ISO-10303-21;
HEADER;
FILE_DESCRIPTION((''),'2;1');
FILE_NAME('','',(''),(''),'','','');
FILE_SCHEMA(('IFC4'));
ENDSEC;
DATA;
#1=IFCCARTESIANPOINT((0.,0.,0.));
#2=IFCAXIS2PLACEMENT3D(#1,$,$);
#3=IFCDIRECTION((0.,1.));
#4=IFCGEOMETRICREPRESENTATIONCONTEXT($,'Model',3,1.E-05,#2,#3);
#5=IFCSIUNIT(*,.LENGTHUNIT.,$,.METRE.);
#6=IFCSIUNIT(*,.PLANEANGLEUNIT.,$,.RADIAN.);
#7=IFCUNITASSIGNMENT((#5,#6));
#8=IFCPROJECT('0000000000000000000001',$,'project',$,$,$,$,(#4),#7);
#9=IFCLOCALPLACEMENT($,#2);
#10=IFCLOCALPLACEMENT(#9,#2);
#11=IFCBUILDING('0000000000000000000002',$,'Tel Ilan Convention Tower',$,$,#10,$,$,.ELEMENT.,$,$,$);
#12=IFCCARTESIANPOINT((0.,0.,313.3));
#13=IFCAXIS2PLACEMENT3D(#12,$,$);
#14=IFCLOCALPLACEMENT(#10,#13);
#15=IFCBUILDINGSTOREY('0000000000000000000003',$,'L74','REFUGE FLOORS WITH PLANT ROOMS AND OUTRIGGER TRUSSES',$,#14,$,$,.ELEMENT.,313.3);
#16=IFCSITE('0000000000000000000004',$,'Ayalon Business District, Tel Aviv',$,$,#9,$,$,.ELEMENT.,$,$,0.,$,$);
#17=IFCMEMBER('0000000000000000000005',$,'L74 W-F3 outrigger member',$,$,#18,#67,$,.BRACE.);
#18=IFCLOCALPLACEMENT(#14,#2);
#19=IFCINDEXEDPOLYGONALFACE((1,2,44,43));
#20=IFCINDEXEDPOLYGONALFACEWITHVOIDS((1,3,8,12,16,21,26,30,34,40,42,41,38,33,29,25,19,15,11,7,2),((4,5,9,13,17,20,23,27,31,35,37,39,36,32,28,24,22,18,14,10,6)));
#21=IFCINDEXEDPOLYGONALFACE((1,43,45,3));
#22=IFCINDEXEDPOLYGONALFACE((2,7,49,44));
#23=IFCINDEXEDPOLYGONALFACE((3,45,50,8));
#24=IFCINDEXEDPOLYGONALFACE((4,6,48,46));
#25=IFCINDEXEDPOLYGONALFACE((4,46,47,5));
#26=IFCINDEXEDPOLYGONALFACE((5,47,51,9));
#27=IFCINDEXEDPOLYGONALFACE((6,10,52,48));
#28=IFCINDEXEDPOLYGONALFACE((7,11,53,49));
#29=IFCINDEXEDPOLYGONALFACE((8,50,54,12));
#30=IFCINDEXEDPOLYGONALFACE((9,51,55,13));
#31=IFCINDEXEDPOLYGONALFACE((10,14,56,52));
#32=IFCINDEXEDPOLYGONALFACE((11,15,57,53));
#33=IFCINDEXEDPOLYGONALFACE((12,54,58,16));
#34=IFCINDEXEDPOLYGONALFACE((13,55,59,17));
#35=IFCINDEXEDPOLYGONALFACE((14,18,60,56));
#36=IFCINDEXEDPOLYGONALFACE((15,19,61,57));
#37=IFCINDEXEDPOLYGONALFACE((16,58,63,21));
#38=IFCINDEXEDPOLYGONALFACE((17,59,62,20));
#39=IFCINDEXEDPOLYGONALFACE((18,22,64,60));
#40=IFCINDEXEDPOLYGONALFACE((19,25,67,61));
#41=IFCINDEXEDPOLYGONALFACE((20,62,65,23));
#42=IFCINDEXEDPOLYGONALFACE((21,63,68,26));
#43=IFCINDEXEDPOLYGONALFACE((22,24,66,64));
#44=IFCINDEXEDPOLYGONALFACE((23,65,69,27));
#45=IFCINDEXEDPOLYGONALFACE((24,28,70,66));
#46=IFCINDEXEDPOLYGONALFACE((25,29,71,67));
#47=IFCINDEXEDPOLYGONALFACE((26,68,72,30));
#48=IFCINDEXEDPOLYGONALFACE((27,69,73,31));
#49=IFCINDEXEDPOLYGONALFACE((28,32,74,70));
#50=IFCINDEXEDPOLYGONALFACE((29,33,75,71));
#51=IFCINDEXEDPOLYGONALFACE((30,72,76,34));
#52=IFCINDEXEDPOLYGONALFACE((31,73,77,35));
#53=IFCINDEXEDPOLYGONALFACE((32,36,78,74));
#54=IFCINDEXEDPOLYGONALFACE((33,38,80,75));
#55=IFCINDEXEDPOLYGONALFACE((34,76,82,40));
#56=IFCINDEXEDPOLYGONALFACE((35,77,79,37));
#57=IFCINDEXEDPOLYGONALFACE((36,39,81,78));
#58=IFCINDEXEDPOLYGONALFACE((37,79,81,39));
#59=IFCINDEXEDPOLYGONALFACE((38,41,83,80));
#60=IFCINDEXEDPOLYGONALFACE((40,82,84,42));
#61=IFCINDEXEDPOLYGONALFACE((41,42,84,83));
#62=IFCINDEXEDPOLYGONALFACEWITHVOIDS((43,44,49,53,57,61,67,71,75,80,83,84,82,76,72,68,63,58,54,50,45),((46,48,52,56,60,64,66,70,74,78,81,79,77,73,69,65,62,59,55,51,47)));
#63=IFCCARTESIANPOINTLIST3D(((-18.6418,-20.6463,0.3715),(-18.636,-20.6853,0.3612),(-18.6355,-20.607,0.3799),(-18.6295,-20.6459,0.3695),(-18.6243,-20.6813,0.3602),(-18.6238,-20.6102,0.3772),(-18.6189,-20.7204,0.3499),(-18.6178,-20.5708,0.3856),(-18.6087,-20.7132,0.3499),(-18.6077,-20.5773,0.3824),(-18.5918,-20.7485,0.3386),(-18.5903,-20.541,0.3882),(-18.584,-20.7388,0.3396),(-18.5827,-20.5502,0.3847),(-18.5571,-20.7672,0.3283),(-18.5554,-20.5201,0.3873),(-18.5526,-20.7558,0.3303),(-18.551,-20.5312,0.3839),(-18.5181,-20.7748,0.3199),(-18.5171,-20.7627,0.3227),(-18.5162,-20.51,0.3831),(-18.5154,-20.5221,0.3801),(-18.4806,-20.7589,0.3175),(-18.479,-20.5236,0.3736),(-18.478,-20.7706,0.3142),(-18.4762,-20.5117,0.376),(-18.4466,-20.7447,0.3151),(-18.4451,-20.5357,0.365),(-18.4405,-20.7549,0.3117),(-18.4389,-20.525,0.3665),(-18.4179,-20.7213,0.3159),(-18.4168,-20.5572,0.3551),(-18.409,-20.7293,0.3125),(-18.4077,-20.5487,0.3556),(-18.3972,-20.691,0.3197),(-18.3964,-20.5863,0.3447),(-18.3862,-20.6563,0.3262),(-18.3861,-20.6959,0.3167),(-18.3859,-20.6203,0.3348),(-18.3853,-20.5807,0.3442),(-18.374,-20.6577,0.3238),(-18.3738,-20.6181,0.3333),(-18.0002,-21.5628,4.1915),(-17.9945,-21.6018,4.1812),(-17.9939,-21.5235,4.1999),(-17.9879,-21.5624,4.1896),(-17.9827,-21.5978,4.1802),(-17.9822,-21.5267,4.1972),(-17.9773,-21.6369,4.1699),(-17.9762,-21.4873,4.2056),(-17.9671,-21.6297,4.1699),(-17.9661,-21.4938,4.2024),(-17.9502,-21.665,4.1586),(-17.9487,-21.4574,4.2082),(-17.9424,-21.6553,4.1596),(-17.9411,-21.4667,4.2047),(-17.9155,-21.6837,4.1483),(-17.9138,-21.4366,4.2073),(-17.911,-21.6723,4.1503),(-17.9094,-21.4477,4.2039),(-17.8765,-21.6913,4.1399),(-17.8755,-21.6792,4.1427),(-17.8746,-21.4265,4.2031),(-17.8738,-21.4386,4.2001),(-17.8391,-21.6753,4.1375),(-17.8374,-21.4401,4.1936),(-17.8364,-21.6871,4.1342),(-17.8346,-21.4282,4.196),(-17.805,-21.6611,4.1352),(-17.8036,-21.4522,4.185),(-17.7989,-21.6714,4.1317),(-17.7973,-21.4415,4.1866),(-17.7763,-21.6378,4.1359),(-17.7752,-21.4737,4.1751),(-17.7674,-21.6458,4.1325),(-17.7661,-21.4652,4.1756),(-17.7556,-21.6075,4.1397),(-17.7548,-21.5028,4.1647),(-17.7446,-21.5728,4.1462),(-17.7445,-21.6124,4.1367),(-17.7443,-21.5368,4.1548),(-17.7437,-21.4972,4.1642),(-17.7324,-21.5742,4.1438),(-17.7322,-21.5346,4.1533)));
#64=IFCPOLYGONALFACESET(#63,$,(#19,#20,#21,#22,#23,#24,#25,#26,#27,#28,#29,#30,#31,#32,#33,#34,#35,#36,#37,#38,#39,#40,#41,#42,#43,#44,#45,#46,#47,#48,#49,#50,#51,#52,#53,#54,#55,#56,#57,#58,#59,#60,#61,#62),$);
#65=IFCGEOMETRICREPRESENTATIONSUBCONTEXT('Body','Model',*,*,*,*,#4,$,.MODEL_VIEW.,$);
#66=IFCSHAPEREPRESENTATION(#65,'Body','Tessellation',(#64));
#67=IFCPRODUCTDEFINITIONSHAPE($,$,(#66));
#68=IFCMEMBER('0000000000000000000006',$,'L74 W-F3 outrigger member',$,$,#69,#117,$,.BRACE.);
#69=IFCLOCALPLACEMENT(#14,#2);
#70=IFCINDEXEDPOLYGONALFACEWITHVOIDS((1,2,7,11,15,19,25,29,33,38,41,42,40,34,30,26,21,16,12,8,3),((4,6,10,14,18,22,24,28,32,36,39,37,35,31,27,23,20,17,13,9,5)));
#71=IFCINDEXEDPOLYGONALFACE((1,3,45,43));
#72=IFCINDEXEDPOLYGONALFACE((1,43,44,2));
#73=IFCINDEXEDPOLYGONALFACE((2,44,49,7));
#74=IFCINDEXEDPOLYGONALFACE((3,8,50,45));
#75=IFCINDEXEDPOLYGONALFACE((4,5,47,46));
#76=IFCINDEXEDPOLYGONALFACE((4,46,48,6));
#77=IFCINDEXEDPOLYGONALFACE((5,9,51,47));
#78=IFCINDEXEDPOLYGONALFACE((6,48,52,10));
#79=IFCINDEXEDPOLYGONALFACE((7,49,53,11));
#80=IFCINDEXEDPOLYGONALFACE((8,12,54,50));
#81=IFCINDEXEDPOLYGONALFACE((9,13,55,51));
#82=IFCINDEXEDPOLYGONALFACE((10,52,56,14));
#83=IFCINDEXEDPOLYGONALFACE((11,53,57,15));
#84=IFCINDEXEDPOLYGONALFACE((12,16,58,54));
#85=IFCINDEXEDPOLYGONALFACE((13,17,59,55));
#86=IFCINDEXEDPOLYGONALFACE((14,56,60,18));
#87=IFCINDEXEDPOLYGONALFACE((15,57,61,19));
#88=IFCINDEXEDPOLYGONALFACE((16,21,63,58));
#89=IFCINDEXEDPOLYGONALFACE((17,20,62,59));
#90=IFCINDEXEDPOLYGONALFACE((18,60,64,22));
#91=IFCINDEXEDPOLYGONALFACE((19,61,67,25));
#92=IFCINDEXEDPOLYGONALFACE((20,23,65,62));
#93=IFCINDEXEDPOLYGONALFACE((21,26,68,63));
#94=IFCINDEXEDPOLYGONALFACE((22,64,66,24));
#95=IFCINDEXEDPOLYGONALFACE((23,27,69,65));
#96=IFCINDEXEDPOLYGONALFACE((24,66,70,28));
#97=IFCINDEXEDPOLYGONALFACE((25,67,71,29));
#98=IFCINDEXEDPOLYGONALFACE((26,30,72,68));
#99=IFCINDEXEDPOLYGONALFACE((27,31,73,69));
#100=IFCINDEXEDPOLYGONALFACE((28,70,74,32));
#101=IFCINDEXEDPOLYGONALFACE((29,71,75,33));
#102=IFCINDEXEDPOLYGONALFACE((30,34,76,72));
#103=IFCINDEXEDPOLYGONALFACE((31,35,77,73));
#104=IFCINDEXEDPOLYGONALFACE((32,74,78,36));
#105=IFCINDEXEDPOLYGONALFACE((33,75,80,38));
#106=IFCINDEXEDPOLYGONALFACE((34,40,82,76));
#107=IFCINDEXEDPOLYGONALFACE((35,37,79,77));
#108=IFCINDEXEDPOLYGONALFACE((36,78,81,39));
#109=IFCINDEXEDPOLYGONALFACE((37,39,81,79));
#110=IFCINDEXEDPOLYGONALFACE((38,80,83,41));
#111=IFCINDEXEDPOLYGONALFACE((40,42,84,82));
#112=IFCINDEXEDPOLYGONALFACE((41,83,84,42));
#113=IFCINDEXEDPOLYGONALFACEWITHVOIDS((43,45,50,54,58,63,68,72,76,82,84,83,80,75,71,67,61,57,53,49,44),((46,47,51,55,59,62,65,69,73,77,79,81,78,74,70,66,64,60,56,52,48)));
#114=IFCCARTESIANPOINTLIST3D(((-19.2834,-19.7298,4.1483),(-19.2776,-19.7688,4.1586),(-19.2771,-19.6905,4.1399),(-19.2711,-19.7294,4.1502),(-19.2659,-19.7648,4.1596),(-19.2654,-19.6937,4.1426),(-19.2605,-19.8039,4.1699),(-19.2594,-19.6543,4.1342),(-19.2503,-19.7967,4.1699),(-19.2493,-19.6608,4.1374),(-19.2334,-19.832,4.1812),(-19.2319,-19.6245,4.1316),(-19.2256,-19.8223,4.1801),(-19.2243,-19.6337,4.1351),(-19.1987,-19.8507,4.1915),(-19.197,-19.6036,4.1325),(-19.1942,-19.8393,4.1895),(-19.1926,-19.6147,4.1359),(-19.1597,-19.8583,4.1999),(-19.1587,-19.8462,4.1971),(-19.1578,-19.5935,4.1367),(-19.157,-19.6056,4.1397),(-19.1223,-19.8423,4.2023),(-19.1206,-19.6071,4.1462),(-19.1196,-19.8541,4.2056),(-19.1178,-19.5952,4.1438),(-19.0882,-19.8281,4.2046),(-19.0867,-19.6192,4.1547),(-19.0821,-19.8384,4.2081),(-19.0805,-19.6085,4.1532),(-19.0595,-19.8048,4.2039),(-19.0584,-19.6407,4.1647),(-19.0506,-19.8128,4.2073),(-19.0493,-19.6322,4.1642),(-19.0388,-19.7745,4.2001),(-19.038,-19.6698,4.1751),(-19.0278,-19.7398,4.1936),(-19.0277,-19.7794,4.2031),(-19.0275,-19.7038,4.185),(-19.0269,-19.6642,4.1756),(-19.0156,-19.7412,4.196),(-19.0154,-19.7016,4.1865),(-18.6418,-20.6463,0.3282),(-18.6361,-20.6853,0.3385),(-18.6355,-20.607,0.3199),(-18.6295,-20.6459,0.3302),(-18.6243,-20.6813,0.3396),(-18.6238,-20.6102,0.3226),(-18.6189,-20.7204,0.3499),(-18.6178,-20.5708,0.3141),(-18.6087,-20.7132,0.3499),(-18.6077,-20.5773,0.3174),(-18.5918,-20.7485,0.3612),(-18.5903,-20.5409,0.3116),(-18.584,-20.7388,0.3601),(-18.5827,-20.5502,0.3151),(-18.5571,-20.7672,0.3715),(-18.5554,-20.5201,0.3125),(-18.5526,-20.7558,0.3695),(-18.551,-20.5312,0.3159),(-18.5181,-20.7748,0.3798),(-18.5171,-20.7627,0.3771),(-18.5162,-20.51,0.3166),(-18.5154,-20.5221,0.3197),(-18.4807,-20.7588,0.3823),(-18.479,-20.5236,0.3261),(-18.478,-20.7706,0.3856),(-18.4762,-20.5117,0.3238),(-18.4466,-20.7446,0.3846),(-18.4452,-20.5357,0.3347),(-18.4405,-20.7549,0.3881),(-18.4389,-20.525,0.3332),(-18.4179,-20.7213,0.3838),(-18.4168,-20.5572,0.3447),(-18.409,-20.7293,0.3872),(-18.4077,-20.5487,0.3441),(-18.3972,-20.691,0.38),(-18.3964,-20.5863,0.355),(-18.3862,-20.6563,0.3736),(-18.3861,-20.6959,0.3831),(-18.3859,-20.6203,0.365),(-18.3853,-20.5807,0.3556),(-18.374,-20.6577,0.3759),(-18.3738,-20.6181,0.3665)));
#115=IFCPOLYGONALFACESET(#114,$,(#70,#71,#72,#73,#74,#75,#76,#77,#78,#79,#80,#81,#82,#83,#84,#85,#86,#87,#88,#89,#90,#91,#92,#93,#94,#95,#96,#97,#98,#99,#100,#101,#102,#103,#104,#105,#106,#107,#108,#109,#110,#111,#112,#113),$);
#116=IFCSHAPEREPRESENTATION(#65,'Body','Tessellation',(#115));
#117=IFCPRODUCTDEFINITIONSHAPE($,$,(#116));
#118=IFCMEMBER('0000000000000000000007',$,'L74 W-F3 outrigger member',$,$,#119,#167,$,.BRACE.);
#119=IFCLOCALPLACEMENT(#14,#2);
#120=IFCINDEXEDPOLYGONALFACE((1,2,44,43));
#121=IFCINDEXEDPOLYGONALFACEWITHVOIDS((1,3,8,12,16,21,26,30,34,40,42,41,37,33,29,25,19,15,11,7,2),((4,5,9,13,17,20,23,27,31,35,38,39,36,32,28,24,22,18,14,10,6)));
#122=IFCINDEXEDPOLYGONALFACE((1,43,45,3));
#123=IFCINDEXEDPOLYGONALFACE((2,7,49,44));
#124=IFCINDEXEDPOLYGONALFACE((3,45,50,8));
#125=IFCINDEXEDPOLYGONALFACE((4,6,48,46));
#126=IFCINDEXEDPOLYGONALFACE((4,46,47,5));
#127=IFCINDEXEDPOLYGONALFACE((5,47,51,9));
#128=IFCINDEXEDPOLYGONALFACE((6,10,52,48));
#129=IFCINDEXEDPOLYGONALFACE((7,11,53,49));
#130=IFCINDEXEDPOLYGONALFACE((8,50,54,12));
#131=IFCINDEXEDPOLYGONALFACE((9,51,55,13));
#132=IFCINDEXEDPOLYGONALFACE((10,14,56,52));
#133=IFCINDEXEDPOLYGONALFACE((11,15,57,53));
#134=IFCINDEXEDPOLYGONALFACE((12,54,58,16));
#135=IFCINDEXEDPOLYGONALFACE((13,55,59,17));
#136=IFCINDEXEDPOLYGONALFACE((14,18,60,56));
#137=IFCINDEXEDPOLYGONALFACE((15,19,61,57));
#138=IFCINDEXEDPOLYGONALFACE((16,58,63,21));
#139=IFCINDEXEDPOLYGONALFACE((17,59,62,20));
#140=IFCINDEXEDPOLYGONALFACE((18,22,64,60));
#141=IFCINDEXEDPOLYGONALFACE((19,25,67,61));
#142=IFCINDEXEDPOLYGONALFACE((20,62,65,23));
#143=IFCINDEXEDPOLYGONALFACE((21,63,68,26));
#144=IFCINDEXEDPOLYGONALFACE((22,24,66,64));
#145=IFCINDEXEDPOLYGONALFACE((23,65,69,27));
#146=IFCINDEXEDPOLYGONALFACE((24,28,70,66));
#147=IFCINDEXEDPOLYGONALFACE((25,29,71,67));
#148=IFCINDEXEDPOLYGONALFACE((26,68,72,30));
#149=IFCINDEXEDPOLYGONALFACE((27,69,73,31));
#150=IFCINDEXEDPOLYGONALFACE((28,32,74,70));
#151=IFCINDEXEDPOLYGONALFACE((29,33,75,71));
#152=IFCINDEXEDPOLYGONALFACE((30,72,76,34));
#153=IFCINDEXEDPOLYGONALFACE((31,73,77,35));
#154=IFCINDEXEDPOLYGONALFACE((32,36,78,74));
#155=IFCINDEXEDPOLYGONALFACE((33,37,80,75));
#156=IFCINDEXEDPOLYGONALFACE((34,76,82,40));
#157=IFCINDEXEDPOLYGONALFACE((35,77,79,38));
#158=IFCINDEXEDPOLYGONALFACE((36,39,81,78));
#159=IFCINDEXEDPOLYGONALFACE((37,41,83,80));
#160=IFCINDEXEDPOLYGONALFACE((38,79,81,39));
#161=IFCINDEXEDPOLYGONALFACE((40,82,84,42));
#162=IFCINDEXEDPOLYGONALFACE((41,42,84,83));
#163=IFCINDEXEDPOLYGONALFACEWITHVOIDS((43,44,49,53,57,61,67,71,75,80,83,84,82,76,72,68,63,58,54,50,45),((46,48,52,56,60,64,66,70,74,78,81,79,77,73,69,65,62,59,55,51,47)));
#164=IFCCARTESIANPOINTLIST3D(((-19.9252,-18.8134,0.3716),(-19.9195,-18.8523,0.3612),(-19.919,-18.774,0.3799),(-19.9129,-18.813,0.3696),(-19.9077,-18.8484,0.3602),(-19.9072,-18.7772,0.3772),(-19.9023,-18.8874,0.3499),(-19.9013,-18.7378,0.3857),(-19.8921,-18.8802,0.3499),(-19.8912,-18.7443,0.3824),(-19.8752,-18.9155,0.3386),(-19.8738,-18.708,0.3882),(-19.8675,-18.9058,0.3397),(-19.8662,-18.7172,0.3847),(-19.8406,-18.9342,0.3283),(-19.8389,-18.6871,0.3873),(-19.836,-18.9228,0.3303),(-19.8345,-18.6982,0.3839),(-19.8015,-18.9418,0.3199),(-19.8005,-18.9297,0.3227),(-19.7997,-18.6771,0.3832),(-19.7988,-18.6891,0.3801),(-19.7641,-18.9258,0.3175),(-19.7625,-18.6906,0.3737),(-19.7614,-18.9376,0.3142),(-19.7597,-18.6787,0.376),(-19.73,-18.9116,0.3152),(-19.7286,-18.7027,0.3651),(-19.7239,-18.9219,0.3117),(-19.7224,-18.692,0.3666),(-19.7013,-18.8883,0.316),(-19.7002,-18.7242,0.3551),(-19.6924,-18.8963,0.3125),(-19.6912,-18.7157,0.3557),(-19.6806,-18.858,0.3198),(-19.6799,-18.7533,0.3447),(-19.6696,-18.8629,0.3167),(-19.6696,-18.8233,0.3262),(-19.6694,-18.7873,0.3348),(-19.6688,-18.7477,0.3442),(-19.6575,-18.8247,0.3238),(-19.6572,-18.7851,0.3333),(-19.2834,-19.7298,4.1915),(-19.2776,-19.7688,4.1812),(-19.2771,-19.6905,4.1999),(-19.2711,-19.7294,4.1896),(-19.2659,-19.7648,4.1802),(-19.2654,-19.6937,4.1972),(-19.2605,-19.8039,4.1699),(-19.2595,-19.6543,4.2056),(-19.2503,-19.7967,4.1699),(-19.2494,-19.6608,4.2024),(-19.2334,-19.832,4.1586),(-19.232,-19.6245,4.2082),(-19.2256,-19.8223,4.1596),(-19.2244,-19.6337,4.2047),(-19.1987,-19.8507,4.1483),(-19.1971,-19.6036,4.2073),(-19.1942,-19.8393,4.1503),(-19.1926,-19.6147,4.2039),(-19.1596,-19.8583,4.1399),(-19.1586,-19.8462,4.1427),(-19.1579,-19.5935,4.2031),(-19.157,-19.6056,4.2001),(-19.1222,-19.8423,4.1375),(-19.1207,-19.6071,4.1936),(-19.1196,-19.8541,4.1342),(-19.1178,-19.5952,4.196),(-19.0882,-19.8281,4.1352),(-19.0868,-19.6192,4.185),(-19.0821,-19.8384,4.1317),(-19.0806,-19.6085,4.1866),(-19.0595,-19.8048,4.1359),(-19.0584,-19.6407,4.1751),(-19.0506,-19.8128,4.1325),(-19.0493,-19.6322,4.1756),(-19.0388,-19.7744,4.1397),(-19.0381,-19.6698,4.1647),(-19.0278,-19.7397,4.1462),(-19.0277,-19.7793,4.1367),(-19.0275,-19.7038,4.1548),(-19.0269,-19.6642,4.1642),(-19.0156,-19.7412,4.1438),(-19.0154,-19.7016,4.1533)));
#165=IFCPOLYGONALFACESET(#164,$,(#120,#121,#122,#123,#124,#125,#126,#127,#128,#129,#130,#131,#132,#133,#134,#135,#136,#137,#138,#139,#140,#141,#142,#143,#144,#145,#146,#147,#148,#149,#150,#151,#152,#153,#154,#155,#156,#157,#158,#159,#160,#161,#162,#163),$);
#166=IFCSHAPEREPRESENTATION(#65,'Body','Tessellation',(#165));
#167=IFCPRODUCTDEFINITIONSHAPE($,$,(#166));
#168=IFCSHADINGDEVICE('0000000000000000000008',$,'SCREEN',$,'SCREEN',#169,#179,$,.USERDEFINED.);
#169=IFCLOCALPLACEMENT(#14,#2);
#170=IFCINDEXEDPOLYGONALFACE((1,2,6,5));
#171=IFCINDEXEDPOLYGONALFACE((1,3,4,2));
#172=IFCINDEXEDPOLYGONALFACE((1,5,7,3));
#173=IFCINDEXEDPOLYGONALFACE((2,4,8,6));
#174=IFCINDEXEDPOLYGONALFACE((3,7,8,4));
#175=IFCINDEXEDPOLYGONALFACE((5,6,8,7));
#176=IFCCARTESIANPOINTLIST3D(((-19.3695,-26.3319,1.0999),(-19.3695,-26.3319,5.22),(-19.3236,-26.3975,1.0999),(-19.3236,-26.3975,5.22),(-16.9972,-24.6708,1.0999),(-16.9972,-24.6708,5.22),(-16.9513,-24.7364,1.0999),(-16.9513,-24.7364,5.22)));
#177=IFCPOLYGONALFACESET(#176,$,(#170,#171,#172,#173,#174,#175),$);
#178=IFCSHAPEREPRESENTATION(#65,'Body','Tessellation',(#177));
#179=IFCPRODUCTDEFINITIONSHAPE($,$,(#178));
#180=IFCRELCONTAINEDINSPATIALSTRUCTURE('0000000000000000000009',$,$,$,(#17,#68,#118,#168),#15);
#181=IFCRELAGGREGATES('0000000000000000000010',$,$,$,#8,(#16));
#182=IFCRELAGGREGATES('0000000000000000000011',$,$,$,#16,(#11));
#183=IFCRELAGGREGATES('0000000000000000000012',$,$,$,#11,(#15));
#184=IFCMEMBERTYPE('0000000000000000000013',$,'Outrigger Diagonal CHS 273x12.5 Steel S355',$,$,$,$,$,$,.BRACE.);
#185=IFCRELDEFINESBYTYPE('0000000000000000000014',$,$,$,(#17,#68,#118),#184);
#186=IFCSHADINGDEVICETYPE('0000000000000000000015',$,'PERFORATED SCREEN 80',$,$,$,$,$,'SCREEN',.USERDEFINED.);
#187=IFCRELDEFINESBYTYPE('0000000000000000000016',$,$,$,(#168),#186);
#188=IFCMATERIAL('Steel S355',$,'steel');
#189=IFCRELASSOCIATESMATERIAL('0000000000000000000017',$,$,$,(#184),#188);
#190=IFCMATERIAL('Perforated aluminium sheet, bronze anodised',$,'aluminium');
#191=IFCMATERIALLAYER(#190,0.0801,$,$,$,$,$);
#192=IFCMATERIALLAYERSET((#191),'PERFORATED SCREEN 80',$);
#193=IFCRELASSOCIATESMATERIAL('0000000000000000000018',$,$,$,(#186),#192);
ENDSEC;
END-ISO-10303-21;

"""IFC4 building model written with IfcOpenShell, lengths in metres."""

from ifc_helpers import new_model, si_unit, direction, frame, origin, origin_2d, place, context, subcontext, project, spatial, rectangle, hollow_circle, extrude, material, layer, layer_set, material_profile, profile_set, type_object, element, save


model = new_model("IFC4")

# Units and contexts
model_context = context("Model", 3, precision=1e-05, world=origin(), true_north=direction((0.0, 1.0)))
body_context = subcontext(model_context, "Body", "Model", "MODEL_VIEW")
ifc_project = project(units=[si_unit("LENGTHUNIT", "METRE"), si_unit("PLANEANGLEUNIT", "RADIAN")], contexts=[model_context])

# Site, building, storey
site_placement = place(None, origin())
site = spatial("IfcSite", under=ifc_project, at=site_placement, Name="Ayalon Business District, Tel Aviv", CompositionType="ELEMENT", RefElevation=0.0)
building_placement = place(site_placement, origin())
building = spatial("IfcBuilding", under=site, at=building_placement, Name="Tel Ilan Convention Tower", CompositionType="ELEMENT")
storey_placement = place(building_placement, frame((0.0, 0.0, 313.3)))
storey = spatial("IfcBuildingStorey", under=building, at=storey_placement, Name="L74", Description="REFUGE FLOORS WITH PLANT ROOMS AND OUTRIGGER TRUSSES", CompositionType="ELEMENT", Elevation=313.3)

# Members
ifc_material_1 = material(Name="Steel S355", Category="steel")
ifc_material_profile_1 = material_profile(ifc_material_1, hollow_circle(Radius=0.1365, WallThickness=0.0125, at=origin_2d()), Name="CHS 273x12.5")
ifc_profile_set_1 = profile_set([ifc_material_profile_1], Name="Steel S355")
member_type_1 = type_object("IfcMemberType", Name="Outrigger Diagonal CHS 273x12.5 Steel S355", PredefinedType="BRACE", material=ifc_profile_set_1)
for number, where, z_axis, x_axis, name in (
    (1, (-17.8655, -21.5586, 4.1699), (-0.161185, 0.230247, -0.95969), (-0.819211, -0.573492, 0.0), "L74 W-F3 outrigger member"),
    (2, (-18.5071, -20.6421, 0.3499), (-0.161185, 0.230247, 0.95969), (-0.819211, -0.573492, 0.0), "L74 W-F3 outrigger member"),
    (3, (-19.1487, -19.7256, 4.1699), (-0.161245, 0.230245, -0.959681), (-0.819109, -0.573638, 0.0), "L74 W-F3 outrigger member"),
):
    element("IfcMember", number, at=place(storey_placement, frame(where, z_axis=z_axis, x_axis=x_axis)), inside=storey, type_object=member_type_1, Name=name, PredefinedType="BRACE", context=body_context, shape_type="SweptSolid", body=[
        extrude(hollow_circle(Radius=0.1365, WallThickness=0.0125, at=origin_2d()), origin(), (0.0, 0.0, 1.0), 3.9805),
    ])

# Shading device
ifc_material_2 = material(Name="Perforated aluminium sheet, bronze anodised", Category="aluminium")
ifc_layer_1 = layer(ifc_material_2, 0.0801)
ifc_layer_set_1 = layer_set([ifc_layer_1], Name="PERFORATED SCREEN 80")
shading_device_type_1 = type_object("IfcShadingDeviceType", Name="PERFORATED SCREEN 80", ElementType="SCREEN", PredefinedType="USERDEFINED", material=ifc_layer_set_1)
shading_device_1_placement = place(storey_placement, frame((-18.1604, -25.5342, 1.0999), z_axis=(0.0, 0.0, 1.0), x_axis=(0.819152, 0.573576, 0.0)))
element("IfcShadingDevice", 4, at=shading_device_1_placement, inside=storey, type_object=shading_device_type_1, Name="SCREEN", ObjectType="SCREEN", PredefinedType="USERDEFINED", context=body_context, shape_type="SweptSolid", body=[
    extrude(rectangle(XDim=2.896, YDim=0.0801, at=origin_2d()), origin(), (0.0, 0.0, 1.0), 4.1201),
])

save(model, "model.ifc")
